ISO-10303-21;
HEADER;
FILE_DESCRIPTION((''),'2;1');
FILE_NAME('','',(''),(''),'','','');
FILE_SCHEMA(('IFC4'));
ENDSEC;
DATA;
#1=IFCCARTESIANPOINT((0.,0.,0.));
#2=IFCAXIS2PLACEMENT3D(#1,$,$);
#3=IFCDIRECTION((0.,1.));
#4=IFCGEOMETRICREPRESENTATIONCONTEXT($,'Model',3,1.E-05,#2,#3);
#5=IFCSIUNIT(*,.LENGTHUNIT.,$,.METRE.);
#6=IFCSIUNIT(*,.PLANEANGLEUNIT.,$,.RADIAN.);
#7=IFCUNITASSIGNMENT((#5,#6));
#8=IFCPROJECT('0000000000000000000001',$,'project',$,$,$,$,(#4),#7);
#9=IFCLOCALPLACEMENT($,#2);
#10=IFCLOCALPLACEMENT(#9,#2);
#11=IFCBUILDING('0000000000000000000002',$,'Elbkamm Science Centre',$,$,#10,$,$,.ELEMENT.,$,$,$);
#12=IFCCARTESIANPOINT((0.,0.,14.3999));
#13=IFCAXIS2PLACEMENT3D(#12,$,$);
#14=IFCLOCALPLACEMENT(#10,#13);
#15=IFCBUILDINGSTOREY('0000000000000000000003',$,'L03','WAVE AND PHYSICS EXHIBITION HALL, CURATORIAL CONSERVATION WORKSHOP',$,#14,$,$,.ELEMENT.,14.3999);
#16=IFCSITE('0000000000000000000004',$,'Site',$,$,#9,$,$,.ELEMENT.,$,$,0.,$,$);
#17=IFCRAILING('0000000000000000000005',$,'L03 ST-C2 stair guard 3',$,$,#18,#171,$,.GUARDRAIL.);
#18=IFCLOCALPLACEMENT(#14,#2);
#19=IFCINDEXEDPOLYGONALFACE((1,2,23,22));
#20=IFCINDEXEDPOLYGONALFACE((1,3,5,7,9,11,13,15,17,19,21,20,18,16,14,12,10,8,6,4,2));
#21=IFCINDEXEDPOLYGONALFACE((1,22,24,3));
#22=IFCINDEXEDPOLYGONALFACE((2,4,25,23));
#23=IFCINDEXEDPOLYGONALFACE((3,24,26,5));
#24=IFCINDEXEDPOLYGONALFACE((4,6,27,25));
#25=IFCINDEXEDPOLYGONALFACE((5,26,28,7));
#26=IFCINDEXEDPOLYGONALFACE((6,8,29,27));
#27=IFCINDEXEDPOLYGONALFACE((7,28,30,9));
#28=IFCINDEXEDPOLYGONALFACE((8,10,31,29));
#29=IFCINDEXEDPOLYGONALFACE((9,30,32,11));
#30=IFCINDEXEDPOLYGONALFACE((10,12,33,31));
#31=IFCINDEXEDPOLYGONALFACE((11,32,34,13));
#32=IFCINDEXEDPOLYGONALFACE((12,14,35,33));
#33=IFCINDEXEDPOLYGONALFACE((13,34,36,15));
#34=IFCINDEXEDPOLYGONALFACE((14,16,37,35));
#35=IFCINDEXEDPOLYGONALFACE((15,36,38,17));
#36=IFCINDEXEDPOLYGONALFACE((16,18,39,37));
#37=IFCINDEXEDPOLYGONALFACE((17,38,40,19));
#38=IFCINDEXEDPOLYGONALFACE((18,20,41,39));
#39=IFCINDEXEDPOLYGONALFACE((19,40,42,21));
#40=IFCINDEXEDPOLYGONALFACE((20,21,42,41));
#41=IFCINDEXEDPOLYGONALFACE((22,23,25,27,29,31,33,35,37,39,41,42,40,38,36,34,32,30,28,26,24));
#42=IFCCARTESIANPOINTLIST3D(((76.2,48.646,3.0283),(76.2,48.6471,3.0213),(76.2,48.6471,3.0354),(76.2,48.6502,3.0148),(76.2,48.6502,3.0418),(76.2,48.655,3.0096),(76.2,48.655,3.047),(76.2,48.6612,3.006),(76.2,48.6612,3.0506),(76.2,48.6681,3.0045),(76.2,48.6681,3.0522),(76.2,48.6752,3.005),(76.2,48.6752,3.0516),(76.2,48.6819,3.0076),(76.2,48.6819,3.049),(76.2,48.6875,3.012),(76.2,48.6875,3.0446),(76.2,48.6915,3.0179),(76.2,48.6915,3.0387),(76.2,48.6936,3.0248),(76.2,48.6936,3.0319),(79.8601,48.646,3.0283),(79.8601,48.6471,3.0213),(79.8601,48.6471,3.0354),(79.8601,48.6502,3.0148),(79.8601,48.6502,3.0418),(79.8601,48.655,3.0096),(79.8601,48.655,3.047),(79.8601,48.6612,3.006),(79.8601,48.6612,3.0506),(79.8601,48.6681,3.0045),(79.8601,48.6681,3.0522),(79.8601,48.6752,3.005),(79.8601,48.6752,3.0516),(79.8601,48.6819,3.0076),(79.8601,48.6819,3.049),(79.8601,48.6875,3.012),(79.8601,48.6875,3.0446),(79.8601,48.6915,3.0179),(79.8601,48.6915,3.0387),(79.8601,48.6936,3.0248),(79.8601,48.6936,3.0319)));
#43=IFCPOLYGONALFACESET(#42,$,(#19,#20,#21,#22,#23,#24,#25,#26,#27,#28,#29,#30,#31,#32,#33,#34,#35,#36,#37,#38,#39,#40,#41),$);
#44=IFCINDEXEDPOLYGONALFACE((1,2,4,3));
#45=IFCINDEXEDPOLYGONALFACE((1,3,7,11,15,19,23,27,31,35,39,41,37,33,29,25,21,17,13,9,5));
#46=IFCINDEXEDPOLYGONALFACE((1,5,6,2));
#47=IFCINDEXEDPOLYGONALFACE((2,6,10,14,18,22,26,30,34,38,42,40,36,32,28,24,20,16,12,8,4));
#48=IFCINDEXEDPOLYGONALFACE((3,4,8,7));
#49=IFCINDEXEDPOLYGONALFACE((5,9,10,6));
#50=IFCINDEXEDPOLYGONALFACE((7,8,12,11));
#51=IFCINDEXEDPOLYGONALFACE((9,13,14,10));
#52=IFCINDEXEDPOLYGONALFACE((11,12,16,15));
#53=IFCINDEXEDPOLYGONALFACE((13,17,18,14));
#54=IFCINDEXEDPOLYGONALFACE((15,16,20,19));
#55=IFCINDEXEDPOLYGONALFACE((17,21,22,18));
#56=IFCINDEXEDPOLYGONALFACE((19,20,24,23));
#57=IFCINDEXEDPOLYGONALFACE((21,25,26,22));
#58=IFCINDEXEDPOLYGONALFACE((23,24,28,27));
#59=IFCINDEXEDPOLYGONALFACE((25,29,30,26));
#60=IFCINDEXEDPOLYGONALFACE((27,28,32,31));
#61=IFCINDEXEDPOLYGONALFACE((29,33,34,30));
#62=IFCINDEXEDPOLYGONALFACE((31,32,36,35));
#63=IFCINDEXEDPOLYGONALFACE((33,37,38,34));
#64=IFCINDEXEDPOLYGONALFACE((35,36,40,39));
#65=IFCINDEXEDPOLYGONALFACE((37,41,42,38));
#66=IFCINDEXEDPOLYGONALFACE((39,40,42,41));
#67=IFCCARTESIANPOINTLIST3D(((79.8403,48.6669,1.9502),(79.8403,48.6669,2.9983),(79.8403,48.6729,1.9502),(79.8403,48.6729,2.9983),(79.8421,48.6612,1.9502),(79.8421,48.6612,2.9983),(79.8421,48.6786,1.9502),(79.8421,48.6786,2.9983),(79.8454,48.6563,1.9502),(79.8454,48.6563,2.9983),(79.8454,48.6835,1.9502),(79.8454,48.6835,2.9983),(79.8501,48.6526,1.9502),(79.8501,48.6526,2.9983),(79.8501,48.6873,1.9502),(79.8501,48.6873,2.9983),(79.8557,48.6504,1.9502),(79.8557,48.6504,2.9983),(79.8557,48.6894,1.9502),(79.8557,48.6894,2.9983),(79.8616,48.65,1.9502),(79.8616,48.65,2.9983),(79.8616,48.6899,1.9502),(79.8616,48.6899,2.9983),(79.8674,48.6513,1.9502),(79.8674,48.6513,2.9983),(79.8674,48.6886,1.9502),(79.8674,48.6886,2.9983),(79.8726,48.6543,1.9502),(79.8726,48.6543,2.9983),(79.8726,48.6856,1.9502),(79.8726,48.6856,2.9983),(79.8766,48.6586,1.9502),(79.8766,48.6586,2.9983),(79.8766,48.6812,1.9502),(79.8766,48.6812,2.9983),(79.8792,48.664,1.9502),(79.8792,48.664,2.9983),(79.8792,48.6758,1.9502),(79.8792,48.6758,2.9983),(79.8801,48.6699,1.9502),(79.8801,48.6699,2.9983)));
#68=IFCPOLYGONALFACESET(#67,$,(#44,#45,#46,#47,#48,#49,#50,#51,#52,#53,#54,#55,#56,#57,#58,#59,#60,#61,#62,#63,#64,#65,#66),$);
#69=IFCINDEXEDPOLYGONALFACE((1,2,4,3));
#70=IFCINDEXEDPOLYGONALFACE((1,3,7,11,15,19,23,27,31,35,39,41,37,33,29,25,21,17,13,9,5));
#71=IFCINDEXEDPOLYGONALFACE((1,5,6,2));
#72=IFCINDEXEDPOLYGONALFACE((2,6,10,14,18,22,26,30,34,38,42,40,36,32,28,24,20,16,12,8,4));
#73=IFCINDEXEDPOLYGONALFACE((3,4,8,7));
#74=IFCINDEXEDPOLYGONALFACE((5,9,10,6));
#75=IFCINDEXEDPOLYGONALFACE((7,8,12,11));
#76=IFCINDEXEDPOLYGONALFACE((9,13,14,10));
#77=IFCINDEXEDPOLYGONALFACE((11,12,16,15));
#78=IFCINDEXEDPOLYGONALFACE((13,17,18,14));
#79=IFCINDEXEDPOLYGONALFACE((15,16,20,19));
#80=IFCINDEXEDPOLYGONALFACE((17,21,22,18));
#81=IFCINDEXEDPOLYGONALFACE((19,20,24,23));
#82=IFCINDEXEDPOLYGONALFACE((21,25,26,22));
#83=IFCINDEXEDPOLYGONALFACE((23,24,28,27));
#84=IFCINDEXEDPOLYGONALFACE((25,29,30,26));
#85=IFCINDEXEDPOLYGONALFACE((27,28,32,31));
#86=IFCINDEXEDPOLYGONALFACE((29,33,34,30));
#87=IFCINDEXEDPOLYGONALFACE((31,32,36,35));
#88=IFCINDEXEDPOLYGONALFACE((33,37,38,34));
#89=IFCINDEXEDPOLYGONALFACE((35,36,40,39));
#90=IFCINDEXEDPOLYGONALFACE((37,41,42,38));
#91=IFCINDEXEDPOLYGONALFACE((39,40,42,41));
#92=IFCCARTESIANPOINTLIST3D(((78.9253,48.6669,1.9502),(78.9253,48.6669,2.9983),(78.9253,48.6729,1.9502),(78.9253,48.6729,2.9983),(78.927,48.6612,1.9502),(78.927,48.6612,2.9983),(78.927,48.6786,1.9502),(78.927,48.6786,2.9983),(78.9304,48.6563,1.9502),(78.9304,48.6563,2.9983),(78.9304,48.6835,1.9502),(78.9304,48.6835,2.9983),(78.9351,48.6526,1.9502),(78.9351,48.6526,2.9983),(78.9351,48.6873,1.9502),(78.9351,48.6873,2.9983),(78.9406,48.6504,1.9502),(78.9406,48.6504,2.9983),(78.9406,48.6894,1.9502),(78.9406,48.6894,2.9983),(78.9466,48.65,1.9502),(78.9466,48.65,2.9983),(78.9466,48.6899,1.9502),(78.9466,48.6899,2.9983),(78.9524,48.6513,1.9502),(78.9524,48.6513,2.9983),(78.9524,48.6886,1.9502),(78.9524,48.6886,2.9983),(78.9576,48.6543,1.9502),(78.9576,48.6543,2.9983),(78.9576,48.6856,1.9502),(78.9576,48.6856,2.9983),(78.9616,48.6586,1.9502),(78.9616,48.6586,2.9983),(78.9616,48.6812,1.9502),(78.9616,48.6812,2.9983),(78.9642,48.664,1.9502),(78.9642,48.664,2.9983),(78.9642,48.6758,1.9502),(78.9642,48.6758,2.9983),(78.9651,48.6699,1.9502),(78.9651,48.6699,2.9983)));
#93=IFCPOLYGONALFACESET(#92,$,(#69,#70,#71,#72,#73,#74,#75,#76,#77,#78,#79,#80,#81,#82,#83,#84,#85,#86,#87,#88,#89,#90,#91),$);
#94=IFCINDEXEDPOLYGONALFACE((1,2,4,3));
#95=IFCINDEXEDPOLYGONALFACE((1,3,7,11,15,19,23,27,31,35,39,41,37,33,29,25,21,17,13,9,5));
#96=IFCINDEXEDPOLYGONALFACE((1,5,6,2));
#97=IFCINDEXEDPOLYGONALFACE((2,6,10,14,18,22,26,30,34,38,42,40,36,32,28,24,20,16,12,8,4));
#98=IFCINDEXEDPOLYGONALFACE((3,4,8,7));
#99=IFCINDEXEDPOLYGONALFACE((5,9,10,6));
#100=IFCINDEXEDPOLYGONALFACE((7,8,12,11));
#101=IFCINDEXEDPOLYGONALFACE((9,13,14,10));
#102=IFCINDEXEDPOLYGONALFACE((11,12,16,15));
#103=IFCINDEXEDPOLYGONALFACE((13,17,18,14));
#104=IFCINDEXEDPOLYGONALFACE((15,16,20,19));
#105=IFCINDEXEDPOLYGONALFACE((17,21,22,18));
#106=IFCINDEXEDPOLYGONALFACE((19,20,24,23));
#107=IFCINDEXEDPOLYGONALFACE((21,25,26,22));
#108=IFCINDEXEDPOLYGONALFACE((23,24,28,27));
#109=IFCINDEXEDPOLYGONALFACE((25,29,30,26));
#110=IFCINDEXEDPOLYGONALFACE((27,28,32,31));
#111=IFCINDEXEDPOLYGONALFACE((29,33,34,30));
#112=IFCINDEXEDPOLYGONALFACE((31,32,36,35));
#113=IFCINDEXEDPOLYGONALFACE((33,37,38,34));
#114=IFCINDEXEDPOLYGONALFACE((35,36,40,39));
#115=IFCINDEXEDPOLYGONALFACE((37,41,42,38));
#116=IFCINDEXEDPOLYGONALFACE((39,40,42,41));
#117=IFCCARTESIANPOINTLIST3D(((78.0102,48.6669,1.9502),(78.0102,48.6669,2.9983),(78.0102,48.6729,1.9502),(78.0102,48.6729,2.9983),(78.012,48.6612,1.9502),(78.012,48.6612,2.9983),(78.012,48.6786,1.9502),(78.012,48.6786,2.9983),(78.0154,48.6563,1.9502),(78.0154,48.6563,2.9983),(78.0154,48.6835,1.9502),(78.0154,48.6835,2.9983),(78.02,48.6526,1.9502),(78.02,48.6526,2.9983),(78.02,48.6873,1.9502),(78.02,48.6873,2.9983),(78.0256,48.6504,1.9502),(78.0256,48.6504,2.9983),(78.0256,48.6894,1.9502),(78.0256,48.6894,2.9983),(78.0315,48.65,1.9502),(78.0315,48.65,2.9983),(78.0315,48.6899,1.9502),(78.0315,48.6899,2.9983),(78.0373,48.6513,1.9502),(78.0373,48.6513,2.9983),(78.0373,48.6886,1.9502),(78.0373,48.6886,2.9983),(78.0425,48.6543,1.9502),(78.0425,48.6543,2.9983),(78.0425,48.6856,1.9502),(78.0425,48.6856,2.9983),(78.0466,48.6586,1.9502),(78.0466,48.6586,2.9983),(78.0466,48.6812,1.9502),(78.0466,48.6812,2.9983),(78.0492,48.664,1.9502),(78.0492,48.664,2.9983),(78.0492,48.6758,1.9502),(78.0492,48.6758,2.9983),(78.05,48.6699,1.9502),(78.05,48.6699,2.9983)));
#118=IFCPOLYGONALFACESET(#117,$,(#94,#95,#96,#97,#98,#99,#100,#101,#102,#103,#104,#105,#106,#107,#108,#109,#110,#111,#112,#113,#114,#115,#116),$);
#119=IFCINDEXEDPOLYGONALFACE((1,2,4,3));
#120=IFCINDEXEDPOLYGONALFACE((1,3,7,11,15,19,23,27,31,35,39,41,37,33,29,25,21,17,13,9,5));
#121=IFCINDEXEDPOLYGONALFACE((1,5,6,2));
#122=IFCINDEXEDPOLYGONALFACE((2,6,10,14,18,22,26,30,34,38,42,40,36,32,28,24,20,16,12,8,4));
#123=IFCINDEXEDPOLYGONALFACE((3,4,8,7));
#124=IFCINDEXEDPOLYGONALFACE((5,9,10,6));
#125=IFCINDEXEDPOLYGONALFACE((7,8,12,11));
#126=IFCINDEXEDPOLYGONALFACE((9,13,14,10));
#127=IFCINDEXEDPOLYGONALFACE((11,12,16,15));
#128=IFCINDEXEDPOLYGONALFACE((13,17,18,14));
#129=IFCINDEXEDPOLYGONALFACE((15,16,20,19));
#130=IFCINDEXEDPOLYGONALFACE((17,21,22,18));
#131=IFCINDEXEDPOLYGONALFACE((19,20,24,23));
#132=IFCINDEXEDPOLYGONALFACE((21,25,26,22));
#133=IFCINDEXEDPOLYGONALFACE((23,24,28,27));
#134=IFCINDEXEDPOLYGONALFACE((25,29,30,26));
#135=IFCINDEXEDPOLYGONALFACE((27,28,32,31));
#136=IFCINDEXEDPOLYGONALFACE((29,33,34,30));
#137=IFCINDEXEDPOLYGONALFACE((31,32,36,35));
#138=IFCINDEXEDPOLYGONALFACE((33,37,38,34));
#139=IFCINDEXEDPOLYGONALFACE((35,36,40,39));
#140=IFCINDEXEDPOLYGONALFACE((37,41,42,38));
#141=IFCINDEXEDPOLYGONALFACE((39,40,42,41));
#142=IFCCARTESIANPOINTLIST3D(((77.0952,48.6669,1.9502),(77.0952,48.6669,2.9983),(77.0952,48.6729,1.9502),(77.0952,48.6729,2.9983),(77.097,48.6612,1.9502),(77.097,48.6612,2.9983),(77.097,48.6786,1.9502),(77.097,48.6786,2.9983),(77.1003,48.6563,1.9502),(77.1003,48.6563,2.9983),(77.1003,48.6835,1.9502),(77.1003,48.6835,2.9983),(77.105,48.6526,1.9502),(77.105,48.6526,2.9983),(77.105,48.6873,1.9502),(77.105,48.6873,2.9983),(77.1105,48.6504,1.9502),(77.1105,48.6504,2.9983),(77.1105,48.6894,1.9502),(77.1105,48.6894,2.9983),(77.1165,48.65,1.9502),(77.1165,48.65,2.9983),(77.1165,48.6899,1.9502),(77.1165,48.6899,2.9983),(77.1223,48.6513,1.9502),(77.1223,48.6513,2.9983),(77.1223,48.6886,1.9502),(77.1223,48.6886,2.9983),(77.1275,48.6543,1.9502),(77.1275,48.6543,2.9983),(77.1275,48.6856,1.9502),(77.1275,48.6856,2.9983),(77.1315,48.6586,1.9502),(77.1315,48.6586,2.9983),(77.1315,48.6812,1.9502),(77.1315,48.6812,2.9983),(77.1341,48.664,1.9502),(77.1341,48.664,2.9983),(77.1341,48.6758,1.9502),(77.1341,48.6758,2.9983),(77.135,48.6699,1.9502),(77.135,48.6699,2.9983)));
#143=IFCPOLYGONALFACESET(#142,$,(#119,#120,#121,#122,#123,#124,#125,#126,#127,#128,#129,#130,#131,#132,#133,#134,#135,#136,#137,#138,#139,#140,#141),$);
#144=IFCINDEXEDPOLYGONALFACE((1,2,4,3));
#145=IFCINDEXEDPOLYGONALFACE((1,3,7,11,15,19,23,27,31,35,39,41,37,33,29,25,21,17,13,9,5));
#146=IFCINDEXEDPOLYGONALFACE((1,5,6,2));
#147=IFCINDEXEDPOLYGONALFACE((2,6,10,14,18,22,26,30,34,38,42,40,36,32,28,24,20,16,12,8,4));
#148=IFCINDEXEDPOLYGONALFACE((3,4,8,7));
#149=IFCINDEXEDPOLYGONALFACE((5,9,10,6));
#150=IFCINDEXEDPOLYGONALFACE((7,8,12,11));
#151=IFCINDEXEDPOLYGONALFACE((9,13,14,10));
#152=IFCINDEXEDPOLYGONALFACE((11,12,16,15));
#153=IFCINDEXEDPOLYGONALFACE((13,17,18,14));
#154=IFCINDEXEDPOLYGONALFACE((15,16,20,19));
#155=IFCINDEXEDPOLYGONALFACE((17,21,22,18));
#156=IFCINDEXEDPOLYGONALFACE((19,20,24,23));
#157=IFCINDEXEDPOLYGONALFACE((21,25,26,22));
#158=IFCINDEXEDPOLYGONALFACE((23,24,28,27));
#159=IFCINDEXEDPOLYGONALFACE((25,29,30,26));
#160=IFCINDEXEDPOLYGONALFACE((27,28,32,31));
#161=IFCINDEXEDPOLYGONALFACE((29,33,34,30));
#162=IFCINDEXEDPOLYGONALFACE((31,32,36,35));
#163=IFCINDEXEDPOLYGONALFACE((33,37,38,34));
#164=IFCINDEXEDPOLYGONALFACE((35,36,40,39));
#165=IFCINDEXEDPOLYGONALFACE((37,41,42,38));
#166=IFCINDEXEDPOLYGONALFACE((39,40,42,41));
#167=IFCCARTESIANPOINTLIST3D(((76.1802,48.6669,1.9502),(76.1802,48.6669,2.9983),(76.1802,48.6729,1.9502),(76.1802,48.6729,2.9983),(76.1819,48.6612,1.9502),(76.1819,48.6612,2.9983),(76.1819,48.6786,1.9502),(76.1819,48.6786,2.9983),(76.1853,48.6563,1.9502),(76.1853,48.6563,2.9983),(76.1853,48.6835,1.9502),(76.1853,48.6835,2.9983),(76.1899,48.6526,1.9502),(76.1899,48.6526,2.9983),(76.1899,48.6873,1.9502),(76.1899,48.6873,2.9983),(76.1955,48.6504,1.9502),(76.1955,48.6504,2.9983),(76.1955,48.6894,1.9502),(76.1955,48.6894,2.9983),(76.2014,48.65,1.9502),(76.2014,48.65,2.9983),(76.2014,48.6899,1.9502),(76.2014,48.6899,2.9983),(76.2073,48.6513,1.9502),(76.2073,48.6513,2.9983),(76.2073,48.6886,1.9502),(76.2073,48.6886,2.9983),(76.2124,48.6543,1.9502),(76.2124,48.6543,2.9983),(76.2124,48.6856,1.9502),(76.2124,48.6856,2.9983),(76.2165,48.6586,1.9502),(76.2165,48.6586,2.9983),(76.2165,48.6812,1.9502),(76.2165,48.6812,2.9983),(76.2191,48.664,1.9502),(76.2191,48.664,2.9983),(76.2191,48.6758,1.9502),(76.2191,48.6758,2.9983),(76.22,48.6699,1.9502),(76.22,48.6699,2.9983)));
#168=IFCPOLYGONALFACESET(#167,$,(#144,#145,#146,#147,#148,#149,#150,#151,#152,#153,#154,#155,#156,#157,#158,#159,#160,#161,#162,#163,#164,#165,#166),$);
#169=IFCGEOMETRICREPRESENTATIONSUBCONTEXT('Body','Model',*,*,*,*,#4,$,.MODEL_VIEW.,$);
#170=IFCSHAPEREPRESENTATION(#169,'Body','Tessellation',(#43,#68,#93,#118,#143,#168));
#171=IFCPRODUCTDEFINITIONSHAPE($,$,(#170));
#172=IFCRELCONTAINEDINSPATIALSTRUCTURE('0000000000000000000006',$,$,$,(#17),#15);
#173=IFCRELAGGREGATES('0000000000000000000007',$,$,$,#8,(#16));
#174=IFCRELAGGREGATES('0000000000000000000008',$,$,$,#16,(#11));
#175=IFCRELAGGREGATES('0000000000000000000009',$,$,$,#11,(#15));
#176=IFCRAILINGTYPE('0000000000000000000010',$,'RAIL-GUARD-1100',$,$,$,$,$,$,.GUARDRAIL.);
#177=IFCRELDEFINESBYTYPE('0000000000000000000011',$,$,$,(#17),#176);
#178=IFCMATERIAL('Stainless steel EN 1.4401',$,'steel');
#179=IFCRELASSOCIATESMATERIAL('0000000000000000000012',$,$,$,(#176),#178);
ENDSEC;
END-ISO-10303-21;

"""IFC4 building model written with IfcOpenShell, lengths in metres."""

from ifc_helpers import new_model, si_unit, direction, frame, origin, origin_2d, place, context, subcontext, project, spatial, circle, extrude, material, type_object, element, save


model = new_model("IFC4")

# Units and contexts
model_context = context("Model", 3, precision=1e-05, world=origin(), true_north=direction((0.0, 1.0)))
body_context = subcontext(model_context, "Body", "Model", "MODEL_VIEW")
ifc_project = project(units=[si_unit("LENGTHUNIT", "METRE"), si_unit("PLANEANGLEUNIT", "RADIAN")], contexts=[model_context])

# Site, building, storey
site_placement = place(None, origin())
site = spatial("IfcSite", under=ifc_project, at=site_placement, Name="Site", CompositionType="ELEMENT", RefElevation=0.0)
building_placement = place(site_placement, origin())
building = spatial("IfcBuilding", under=site, at=building_placement, Name="Elbkamm Science Centre", CompositionType="ELEMENT")
storey_placement = place(building_placement, frame((0.0, 0.0, 14.3999)))
storey = spatial("IfcBuildingStorey", under=building, at=storey_placement, Name="L03", Description="WAVE AND PHYSICS EXHIBITION HALL, CURATORIAL CONSERVATION WORKSHOP", CompositionType="ELEMENT", Elevation=14.3999)

# Railing
ifc_material_1 = material(Name="Stainless steel EN 1.4401", Category="steel")
railing_type_1 = type_object("IfcRailingType", Name="RAIL-GUARD-1100", PredefinedType="GUARDRAIL", material=ifc_material_1)
for number, where, name in (
    (1, (79.8601, 48.6699, 1.9502), "L03 ST-C2 stair guard 3"),
):
    element("IfcRailing", number, at=place(storey_placement, frame(where)), inside=storey, type_object=railing_type_1, Name=name, PredefinedType="GUARDRAIL", context=body_context, shape_type="SweptSolid", body=[
        extrude(circle(Radius=0.0239, at=origin_2d()), frame((0.0, 0.0, 1.0781), z_axis=(-1.0, 0.0, 0.0), x_axis=(0.0, -1.0, 0.0)), (0.0, 0.0, 1.0), 3.6602),
        extrude(circle(Radius=0.02, at=origin_2d()), origin(), (0.0, 0.0, 1.0), 1.0481),
        extrude(circle(Radius=0.02, at=origin_2d()), frame((-0.915, 0.0, 0.0)), (0.0, 0.0, 1.0), 1.0481),
        extrude(circle(Radius=0.02, at=origin_2d()), frame((-1.8301, 0.0, 0.0)), (0.0, 0.0, 1.0), 1.0481),
        extrude(circle(Radius=0.02, at=origin_2d()), frame((-2.7451, 0.0, 0.0)), (0.0, 0.0, 1.0), 1.0481),
        extrude(circle(Radius=0.02, at=origin_2d()), frame((-3.6602, 0.0, 0.0)), (0.0, 0.0, 1.0), 1.0481),
    ])

save(model, "model.ifc")
